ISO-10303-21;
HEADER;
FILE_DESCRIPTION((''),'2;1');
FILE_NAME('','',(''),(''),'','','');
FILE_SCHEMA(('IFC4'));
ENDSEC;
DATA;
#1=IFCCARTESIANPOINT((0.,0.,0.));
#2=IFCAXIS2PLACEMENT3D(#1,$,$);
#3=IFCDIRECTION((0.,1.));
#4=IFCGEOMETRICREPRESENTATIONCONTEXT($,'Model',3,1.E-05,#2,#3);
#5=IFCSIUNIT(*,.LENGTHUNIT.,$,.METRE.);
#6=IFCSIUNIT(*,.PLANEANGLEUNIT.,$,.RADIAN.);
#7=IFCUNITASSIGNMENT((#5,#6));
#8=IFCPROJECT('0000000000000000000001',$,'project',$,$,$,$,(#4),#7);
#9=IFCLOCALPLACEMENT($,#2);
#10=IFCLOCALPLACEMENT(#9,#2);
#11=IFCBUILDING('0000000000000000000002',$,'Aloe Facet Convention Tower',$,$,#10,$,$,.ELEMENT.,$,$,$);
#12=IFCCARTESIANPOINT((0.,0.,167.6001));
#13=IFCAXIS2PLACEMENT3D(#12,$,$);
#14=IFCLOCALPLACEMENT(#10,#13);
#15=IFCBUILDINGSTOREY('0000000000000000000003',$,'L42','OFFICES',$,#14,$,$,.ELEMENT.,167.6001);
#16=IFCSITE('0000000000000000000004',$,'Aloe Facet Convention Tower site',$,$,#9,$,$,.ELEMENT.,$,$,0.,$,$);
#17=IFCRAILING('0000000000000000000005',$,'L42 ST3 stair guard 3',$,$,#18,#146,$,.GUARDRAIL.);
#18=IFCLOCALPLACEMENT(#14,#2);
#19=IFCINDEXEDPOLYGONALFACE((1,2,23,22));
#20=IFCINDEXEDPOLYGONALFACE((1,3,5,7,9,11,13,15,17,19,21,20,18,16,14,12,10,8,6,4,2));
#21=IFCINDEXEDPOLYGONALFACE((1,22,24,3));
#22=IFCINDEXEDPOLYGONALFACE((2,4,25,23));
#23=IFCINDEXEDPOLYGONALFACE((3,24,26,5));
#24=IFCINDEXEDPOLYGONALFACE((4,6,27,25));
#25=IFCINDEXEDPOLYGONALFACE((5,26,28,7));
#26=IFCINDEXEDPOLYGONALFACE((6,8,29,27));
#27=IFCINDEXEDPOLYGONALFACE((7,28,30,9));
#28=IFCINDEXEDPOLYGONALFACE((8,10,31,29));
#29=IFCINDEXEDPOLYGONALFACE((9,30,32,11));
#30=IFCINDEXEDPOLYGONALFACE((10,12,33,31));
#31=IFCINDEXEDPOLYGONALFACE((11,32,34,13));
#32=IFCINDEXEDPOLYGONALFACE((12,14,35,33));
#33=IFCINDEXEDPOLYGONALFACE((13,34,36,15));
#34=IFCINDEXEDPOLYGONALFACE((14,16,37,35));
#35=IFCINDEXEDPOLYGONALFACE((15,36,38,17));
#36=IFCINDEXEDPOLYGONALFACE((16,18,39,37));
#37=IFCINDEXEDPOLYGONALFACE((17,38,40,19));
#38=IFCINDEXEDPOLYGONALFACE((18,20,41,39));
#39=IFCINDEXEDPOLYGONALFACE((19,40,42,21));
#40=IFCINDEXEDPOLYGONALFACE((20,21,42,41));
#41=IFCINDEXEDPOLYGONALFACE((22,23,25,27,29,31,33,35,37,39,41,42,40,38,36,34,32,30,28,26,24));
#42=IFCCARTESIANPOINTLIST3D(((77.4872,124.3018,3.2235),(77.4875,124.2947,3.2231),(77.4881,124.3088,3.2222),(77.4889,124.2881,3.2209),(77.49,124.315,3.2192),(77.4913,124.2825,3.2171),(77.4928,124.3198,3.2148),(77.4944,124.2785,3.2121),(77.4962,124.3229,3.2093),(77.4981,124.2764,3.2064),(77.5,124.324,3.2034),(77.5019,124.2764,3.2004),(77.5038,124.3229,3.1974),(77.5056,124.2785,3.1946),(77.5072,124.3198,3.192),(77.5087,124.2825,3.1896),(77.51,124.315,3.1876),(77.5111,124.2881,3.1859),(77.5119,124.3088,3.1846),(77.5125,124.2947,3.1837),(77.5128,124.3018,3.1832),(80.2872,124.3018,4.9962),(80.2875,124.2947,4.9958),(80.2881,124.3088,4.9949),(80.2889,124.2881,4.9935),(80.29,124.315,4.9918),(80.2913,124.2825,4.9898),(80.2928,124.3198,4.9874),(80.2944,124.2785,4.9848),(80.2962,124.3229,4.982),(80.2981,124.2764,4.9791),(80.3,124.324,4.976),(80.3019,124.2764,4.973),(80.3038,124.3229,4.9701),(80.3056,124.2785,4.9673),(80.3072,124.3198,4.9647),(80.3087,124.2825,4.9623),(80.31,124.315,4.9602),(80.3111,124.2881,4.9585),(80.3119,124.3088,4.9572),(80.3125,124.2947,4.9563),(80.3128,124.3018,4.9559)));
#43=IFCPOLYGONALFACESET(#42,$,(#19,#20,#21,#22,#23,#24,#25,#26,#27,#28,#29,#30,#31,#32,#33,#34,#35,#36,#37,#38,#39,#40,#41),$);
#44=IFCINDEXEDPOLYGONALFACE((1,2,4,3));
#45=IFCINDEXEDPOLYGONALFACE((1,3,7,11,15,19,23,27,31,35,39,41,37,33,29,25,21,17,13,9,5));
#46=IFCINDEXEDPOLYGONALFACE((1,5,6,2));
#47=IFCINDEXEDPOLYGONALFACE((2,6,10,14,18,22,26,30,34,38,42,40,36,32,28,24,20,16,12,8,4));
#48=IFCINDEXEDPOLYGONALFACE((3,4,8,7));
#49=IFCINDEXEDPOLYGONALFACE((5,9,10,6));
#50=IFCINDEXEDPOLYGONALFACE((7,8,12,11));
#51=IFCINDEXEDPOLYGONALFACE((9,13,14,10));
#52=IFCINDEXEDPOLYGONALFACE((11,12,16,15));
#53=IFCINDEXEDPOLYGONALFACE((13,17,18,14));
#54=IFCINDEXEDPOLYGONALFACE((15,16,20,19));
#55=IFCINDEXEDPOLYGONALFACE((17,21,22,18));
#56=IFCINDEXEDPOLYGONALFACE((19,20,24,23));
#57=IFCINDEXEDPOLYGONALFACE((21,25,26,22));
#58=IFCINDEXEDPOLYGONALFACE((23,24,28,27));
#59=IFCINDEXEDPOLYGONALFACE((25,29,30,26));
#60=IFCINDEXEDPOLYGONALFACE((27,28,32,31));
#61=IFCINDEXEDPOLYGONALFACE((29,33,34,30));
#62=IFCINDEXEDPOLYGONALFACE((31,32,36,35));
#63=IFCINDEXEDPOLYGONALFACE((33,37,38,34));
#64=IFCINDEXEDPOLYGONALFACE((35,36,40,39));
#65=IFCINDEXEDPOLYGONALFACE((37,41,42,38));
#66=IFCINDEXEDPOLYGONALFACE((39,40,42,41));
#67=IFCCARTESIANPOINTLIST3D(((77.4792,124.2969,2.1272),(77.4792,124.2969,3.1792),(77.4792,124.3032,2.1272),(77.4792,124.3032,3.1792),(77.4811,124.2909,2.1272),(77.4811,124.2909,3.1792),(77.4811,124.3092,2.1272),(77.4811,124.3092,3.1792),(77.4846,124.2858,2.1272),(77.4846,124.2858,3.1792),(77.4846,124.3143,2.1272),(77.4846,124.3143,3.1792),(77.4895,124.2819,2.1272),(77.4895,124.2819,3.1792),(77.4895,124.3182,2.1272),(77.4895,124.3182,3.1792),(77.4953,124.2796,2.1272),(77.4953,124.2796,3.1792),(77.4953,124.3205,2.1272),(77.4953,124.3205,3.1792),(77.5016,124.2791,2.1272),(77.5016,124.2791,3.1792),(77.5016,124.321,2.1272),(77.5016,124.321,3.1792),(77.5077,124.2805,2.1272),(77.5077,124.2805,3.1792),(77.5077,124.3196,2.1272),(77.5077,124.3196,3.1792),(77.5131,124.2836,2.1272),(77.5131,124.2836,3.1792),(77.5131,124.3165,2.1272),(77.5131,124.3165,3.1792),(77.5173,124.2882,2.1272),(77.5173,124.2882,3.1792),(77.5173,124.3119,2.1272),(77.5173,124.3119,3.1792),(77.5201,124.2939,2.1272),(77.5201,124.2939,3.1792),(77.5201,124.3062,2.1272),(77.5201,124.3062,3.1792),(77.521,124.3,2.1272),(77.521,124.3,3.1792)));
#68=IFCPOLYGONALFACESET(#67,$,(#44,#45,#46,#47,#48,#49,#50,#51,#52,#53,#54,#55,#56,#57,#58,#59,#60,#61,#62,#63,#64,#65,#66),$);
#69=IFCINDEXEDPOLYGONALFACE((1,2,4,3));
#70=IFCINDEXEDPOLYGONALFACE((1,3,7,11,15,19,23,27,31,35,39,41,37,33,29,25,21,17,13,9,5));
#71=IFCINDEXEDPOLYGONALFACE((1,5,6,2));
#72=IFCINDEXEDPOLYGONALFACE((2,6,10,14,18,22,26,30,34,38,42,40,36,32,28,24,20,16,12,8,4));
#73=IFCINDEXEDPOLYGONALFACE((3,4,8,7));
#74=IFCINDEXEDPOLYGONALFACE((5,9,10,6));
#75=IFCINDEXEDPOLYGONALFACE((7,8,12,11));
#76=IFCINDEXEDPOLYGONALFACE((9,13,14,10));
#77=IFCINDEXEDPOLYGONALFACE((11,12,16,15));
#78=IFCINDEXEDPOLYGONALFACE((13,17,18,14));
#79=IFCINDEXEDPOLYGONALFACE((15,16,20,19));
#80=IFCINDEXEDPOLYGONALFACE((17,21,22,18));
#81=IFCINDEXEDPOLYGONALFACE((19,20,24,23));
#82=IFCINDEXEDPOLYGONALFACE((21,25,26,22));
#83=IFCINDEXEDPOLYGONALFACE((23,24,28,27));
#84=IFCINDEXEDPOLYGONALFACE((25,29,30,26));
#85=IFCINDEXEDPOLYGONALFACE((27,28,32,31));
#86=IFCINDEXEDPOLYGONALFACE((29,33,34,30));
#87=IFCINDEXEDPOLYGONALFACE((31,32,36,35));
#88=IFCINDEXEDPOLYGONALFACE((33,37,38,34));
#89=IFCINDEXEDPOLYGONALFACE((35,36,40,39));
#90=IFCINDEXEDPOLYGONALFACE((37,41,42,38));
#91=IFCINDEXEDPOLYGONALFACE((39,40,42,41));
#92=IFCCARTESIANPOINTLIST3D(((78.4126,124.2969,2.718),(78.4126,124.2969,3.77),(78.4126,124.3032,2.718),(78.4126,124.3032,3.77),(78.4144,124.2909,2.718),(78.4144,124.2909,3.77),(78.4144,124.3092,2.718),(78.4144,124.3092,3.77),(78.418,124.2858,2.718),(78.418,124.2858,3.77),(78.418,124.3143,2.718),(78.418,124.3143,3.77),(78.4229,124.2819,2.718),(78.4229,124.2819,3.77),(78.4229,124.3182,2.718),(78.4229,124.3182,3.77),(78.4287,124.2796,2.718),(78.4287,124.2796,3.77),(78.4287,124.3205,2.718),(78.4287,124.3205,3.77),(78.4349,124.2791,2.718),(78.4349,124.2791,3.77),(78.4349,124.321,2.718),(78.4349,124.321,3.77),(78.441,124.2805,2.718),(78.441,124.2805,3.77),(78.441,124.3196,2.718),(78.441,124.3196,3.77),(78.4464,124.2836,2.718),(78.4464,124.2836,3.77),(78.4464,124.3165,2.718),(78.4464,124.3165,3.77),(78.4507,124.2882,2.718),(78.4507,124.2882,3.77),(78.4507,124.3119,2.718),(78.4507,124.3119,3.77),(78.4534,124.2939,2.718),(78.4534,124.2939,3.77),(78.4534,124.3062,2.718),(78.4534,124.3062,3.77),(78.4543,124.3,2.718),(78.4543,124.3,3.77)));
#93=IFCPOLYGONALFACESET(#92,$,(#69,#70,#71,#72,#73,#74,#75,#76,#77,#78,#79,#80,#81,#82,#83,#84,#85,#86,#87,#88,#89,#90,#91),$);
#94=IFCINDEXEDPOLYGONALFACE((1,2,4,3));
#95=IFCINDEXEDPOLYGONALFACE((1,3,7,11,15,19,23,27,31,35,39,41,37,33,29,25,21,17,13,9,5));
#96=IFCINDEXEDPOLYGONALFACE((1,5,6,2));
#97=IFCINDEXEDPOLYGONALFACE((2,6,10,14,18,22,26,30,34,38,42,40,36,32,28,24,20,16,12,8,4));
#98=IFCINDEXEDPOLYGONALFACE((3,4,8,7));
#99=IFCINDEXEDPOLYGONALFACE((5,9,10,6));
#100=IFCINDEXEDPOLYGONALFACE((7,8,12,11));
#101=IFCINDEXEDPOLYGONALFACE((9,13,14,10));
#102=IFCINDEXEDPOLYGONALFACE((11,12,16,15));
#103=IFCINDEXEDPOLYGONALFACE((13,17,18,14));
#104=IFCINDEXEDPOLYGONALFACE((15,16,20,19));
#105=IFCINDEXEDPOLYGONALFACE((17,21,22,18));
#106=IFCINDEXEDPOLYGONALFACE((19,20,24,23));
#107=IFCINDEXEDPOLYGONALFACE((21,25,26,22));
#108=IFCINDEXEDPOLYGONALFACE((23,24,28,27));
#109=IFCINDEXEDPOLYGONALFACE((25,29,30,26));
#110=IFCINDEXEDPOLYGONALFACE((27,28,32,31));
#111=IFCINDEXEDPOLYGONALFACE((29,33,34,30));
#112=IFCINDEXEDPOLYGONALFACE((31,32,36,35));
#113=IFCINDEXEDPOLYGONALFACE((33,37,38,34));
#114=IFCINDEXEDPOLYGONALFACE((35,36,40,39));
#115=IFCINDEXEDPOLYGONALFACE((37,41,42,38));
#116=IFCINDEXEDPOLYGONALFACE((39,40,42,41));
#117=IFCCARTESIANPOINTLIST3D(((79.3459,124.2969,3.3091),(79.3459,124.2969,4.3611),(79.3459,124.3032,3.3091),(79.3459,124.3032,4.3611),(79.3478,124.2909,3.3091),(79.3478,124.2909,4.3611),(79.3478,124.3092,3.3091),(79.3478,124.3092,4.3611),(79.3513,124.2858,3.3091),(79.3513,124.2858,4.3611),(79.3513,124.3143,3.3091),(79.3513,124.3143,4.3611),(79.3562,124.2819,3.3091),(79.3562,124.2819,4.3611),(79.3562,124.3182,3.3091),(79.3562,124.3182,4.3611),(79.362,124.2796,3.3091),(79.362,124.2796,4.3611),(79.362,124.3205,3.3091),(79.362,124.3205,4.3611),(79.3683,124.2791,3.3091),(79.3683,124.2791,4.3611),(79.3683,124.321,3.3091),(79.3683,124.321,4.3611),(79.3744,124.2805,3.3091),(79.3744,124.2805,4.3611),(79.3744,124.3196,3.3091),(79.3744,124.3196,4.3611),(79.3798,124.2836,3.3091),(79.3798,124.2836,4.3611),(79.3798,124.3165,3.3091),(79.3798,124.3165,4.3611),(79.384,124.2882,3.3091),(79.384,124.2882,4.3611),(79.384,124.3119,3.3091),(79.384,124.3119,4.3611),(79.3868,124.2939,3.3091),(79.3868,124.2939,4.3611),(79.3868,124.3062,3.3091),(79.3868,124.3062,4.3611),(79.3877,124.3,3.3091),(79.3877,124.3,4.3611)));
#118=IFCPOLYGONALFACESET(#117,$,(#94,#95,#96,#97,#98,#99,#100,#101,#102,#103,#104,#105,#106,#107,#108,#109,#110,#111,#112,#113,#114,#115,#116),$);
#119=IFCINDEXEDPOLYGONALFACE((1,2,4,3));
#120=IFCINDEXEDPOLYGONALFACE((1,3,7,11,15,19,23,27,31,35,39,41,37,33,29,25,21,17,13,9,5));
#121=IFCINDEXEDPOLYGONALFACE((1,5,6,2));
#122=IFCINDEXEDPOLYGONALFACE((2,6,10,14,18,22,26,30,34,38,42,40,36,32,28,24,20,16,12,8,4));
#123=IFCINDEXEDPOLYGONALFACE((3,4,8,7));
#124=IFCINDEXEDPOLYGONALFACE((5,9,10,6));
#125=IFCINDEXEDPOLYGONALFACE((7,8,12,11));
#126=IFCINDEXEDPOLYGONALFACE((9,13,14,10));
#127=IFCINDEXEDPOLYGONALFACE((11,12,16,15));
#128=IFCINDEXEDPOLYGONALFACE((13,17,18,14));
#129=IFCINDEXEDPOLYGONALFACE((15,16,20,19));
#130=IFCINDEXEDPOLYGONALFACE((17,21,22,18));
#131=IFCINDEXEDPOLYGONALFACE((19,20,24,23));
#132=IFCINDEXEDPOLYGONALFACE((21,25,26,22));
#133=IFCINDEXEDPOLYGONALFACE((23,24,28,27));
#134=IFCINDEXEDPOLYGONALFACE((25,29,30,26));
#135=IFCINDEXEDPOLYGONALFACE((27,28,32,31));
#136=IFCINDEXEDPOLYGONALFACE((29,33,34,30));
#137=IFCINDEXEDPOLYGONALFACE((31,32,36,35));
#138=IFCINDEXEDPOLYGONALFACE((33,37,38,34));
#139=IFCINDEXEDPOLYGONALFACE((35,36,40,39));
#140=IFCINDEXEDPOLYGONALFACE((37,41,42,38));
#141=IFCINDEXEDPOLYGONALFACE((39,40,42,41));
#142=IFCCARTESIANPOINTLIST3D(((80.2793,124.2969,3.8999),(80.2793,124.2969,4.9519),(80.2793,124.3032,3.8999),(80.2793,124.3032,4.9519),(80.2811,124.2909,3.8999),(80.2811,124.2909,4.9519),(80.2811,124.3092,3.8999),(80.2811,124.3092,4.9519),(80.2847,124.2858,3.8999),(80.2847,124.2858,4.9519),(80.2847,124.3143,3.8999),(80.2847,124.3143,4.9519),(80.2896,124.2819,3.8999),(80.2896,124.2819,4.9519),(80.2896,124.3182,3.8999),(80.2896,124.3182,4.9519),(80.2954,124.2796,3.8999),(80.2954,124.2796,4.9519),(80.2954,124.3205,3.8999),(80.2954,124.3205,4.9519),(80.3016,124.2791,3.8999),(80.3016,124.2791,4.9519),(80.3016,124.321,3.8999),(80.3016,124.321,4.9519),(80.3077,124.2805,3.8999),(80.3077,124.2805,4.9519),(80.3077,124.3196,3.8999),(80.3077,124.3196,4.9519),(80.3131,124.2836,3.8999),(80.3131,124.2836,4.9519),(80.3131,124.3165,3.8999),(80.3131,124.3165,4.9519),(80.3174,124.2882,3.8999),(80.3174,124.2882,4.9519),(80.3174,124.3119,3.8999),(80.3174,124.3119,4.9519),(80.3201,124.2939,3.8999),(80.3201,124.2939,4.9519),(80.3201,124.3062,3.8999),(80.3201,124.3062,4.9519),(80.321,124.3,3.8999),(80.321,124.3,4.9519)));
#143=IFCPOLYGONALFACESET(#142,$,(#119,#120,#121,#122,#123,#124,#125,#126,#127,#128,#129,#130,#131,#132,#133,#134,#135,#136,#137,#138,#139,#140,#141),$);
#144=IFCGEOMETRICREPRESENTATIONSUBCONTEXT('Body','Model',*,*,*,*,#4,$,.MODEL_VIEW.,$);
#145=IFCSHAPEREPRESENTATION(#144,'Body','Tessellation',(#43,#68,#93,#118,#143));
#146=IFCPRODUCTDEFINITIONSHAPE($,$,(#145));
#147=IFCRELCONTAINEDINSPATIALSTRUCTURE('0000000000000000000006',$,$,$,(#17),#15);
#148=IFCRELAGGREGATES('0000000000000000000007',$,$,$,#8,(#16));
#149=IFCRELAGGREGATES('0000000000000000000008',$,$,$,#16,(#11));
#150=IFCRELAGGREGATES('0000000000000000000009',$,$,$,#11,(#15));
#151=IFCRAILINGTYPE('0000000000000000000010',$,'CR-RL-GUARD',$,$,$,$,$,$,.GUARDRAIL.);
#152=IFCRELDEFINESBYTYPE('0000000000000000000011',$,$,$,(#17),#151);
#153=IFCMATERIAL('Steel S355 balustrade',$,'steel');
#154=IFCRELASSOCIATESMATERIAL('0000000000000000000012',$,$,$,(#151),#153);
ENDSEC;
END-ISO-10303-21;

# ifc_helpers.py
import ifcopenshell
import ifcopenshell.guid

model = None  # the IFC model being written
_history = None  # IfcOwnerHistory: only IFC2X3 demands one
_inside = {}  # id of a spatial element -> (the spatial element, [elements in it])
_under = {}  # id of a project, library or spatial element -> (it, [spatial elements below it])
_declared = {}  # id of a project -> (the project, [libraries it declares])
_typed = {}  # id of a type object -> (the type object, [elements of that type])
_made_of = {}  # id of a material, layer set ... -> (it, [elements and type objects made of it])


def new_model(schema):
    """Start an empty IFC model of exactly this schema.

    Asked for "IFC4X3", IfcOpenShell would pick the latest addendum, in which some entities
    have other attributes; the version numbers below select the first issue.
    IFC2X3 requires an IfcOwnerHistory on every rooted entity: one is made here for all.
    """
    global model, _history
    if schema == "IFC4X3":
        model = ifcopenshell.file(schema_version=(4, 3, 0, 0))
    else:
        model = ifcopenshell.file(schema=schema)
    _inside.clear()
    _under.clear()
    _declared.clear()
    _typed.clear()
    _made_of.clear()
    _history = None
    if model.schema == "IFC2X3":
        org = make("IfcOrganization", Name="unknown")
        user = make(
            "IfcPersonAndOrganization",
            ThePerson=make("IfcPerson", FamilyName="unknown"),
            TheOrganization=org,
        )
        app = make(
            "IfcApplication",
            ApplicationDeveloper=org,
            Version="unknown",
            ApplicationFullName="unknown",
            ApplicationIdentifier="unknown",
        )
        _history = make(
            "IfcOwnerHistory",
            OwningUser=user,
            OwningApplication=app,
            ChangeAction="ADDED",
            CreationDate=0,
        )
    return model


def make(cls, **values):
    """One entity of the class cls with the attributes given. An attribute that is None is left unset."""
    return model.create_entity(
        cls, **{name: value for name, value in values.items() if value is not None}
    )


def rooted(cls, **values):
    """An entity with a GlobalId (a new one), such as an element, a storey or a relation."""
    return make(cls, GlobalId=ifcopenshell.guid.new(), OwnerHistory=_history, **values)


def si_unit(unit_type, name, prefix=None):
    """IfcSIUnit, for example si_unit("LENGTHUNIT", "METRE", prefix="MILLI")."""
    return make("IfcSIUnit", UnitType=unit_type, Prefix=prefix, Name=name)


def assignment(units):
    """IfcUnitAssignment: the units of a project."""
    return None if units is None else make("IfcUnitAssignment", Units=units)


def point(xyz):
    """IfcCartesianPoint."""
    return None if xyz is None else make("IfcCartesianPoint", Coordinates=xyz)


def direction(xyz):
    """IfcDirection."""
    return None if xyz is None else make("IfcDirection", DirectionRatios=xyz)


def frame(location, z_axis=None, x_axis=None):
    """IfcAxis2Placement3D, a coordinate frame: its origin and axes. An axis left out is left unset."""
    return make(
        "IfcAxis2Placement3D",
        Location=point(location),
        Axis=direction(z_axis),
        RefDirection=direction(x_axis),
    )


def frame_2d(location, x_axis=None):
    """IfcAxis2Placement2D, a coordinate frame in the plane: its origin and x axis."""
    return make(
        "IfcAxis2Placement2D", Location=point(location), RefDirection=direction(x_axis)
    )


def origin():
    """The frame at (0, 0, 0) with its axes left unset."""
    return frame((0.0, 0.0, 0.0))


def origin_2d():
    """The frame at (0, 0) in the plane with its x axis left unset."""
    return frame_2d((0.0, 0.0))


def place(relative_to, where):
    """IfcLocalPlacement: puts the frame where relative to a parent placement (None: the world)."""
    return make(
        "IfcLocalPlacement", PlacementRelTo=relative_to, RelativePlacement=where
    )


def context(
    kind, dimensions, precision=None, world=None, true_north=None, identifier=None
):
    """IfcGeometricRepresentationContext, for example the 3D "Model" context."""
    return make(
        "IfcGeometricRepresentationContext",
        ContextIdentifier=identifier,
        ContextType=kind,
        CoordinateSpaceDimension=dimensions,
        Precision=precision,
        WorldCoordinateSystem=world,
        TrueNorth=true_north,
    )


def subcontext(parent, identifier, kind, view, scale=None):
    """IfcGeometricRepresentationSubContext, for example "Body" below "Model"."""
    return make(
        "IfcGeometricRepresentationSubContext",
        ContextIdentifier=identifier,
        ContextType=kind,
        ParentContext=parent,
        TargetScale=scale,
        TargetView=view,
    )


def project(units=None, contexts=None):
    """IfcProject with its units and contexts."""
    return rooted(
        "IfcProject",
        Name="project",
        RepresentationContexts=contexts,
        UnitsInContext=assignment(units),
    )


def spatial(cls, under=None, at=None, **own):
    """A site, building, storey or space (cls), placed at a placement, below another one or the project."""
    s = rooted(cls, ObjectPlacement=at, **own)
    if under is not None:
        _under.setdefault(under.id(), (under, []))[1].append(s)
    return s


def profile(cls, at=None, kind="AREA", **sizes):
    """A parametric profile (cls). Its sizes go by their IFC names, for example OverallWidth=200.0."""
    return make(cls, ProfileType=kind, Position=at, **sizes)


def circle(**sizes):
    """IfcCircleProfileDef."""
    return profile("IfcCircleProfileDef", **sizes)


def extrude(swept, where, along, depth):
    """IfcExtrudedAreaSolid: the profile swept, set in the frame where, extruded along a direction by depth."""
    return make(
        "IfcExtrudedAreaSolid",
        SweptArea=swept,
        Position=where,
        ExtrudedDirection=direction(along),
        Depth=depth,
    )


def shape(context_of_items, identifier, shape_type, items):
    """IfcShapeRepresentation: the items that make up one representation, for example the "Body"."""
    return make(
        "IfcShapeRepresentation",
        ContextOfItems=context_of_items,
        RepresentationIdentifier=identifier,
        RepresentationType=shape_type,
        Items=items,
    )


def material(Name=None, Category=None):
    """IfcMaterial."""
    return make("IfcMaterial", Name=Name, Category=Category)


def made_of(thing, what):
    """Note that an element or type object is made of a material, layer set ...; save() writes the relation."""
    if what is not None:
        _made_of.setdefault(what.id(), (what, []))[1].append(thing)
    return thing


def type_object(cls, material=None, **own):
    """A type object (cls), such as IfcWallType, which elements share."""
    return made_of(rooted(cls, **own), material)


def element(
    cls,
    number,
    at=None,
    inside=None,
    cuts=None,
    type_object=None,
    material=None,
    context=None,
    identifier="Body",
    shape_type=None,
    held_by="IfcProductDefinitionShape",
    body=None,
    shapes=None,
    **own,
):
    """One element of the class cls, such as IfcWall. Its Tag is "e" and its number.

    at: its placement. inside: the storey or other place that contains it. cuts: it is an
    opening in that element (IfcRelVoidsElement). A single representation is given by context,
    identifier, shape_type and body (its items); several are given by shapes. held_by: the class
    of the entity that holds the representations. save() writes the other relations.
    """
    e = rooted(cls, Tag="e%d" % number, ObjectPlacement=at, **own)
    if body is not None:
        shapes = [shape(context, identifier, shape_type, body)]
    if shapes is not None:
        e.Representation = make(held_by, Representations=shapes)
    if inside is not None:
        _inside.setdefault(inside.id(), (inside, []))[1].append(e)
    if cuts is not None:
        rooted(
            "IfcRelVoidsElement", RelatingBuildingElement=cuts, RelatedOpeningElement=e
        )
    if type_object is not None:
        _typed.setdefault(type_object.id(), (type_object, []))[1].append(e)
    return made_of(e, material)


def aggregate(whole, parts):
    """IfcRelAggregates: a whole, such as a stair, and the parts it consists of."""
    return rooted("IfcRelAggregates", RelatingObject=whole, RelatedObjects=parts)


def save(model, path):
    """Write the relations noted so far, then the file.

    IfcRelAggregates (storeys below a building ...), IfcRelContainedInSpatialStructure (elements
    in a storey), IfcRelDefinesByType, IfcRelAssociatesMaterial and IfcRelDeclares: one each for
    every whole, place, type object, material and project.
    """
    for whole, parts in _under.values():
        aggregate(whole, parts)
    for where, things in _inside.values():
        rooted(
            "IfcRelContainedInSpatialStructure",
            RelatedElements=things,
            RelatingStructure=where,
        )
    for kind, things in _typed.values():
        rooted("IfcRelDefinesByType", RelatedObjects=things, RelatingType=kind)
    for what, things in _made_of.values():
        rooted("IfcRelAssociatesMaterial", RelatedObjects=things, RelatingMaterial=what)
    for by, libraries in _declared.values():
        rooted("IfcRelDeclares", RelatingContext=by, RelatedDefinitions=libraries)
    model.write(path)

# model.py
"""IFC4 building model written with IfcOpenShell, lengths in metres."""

from ifc_helpers import new_model, si_unit, direction, frame, origin, origin_2d, place, context, subcontext, project, spatial, circle, extrude, material, type_object, element, save


model = new_model("IFC4")

# Units and contexts
model_context = context("Model", 3, precision=1e-05, world=origin(), true_north=direction((0.0, 1.0)))
body_context = subcontext(model_context, "Body", "Model", "MODEL_VIEW")
ifc_project = project(units=[si_unit("LENGTHUNIT", "METRE"), si_unit("PLANEANGLEUNIT", "RADIAN")], contexts=[model_context])

# Site, building, storey
site_placement = place(None, origin())
site = spatial("IfcSite", under=ifc_project, at=site_placement, Name="Aloe Facet Convention Tower site", CompositionType="ELEMENT", RefElevation=0.0)
building_placement = place(site_placement, origin())
building = spatial("IfcBuilding", under=site, at=building_placement, Name="Aloe Facet Convention Tower", CompositionType="ELEMENT")
storey_placement = place(building_placement, frame((0.0, 0.0, 167.6001)))
storey = spatial("IfcBuildingStorey", under=building, at=storey_placement, Name="L42", Description="OFFICES", CompositionType="ELEMENT", Elevation=167.6001)

# Railing
ifc_material_1 = material(Name="Steel S355 balustrade", Category="steel")
railing_type_1 = type_object("IfcRailingType", Name="CR-RL-GUARD", PredefinedType="GUARDRAIL", material=ifc_material_1)
railing_1_placement = place(storey_placement, frame((77.5, 124.3, 2.1272)))
element("IfcRailing", 1, at=railing_1_placement, inside=storey, type_object=railing_type_1, Name="L42 ST3 stair guard 3", PredefinedType="GUARDRAIL", context=body_context, shape_type="SweptSolid", body=[
    extrude(circle(Radius=0.0239, at=origin_2d()), frame((0.0, 0.0, 1.0762), z_axis=(0.844909, 0.0, 0.53491), x_axis=(0.0, 1.0, 0.0)), (0.0, 0.0, 1.0), 3.314),
    extrude(circle(Radius=0.021, at=origin_2d()), origin(), (0.0, 0.0, 1.0), 1.052),
    extrude(circle(Radius=0.021, at=origin_2d()), frame((0.9333, 0.0, 0.5908)), (0.0, 0.0, 1.0), 1.052),
    extrude(circle(Radius=0.021, at=origin_2d()), frame((1.8667, 0.0, 1.1819)), (0.0, 0.0, 1.0), 1.052),
    extrude(circle(Radius=0.021, at=origin_2d()), frame((2.8, 0.0, 1.7727)), (0.0, 0.0, 1.0), 1.052),
])

save(model, "model.ifc")
